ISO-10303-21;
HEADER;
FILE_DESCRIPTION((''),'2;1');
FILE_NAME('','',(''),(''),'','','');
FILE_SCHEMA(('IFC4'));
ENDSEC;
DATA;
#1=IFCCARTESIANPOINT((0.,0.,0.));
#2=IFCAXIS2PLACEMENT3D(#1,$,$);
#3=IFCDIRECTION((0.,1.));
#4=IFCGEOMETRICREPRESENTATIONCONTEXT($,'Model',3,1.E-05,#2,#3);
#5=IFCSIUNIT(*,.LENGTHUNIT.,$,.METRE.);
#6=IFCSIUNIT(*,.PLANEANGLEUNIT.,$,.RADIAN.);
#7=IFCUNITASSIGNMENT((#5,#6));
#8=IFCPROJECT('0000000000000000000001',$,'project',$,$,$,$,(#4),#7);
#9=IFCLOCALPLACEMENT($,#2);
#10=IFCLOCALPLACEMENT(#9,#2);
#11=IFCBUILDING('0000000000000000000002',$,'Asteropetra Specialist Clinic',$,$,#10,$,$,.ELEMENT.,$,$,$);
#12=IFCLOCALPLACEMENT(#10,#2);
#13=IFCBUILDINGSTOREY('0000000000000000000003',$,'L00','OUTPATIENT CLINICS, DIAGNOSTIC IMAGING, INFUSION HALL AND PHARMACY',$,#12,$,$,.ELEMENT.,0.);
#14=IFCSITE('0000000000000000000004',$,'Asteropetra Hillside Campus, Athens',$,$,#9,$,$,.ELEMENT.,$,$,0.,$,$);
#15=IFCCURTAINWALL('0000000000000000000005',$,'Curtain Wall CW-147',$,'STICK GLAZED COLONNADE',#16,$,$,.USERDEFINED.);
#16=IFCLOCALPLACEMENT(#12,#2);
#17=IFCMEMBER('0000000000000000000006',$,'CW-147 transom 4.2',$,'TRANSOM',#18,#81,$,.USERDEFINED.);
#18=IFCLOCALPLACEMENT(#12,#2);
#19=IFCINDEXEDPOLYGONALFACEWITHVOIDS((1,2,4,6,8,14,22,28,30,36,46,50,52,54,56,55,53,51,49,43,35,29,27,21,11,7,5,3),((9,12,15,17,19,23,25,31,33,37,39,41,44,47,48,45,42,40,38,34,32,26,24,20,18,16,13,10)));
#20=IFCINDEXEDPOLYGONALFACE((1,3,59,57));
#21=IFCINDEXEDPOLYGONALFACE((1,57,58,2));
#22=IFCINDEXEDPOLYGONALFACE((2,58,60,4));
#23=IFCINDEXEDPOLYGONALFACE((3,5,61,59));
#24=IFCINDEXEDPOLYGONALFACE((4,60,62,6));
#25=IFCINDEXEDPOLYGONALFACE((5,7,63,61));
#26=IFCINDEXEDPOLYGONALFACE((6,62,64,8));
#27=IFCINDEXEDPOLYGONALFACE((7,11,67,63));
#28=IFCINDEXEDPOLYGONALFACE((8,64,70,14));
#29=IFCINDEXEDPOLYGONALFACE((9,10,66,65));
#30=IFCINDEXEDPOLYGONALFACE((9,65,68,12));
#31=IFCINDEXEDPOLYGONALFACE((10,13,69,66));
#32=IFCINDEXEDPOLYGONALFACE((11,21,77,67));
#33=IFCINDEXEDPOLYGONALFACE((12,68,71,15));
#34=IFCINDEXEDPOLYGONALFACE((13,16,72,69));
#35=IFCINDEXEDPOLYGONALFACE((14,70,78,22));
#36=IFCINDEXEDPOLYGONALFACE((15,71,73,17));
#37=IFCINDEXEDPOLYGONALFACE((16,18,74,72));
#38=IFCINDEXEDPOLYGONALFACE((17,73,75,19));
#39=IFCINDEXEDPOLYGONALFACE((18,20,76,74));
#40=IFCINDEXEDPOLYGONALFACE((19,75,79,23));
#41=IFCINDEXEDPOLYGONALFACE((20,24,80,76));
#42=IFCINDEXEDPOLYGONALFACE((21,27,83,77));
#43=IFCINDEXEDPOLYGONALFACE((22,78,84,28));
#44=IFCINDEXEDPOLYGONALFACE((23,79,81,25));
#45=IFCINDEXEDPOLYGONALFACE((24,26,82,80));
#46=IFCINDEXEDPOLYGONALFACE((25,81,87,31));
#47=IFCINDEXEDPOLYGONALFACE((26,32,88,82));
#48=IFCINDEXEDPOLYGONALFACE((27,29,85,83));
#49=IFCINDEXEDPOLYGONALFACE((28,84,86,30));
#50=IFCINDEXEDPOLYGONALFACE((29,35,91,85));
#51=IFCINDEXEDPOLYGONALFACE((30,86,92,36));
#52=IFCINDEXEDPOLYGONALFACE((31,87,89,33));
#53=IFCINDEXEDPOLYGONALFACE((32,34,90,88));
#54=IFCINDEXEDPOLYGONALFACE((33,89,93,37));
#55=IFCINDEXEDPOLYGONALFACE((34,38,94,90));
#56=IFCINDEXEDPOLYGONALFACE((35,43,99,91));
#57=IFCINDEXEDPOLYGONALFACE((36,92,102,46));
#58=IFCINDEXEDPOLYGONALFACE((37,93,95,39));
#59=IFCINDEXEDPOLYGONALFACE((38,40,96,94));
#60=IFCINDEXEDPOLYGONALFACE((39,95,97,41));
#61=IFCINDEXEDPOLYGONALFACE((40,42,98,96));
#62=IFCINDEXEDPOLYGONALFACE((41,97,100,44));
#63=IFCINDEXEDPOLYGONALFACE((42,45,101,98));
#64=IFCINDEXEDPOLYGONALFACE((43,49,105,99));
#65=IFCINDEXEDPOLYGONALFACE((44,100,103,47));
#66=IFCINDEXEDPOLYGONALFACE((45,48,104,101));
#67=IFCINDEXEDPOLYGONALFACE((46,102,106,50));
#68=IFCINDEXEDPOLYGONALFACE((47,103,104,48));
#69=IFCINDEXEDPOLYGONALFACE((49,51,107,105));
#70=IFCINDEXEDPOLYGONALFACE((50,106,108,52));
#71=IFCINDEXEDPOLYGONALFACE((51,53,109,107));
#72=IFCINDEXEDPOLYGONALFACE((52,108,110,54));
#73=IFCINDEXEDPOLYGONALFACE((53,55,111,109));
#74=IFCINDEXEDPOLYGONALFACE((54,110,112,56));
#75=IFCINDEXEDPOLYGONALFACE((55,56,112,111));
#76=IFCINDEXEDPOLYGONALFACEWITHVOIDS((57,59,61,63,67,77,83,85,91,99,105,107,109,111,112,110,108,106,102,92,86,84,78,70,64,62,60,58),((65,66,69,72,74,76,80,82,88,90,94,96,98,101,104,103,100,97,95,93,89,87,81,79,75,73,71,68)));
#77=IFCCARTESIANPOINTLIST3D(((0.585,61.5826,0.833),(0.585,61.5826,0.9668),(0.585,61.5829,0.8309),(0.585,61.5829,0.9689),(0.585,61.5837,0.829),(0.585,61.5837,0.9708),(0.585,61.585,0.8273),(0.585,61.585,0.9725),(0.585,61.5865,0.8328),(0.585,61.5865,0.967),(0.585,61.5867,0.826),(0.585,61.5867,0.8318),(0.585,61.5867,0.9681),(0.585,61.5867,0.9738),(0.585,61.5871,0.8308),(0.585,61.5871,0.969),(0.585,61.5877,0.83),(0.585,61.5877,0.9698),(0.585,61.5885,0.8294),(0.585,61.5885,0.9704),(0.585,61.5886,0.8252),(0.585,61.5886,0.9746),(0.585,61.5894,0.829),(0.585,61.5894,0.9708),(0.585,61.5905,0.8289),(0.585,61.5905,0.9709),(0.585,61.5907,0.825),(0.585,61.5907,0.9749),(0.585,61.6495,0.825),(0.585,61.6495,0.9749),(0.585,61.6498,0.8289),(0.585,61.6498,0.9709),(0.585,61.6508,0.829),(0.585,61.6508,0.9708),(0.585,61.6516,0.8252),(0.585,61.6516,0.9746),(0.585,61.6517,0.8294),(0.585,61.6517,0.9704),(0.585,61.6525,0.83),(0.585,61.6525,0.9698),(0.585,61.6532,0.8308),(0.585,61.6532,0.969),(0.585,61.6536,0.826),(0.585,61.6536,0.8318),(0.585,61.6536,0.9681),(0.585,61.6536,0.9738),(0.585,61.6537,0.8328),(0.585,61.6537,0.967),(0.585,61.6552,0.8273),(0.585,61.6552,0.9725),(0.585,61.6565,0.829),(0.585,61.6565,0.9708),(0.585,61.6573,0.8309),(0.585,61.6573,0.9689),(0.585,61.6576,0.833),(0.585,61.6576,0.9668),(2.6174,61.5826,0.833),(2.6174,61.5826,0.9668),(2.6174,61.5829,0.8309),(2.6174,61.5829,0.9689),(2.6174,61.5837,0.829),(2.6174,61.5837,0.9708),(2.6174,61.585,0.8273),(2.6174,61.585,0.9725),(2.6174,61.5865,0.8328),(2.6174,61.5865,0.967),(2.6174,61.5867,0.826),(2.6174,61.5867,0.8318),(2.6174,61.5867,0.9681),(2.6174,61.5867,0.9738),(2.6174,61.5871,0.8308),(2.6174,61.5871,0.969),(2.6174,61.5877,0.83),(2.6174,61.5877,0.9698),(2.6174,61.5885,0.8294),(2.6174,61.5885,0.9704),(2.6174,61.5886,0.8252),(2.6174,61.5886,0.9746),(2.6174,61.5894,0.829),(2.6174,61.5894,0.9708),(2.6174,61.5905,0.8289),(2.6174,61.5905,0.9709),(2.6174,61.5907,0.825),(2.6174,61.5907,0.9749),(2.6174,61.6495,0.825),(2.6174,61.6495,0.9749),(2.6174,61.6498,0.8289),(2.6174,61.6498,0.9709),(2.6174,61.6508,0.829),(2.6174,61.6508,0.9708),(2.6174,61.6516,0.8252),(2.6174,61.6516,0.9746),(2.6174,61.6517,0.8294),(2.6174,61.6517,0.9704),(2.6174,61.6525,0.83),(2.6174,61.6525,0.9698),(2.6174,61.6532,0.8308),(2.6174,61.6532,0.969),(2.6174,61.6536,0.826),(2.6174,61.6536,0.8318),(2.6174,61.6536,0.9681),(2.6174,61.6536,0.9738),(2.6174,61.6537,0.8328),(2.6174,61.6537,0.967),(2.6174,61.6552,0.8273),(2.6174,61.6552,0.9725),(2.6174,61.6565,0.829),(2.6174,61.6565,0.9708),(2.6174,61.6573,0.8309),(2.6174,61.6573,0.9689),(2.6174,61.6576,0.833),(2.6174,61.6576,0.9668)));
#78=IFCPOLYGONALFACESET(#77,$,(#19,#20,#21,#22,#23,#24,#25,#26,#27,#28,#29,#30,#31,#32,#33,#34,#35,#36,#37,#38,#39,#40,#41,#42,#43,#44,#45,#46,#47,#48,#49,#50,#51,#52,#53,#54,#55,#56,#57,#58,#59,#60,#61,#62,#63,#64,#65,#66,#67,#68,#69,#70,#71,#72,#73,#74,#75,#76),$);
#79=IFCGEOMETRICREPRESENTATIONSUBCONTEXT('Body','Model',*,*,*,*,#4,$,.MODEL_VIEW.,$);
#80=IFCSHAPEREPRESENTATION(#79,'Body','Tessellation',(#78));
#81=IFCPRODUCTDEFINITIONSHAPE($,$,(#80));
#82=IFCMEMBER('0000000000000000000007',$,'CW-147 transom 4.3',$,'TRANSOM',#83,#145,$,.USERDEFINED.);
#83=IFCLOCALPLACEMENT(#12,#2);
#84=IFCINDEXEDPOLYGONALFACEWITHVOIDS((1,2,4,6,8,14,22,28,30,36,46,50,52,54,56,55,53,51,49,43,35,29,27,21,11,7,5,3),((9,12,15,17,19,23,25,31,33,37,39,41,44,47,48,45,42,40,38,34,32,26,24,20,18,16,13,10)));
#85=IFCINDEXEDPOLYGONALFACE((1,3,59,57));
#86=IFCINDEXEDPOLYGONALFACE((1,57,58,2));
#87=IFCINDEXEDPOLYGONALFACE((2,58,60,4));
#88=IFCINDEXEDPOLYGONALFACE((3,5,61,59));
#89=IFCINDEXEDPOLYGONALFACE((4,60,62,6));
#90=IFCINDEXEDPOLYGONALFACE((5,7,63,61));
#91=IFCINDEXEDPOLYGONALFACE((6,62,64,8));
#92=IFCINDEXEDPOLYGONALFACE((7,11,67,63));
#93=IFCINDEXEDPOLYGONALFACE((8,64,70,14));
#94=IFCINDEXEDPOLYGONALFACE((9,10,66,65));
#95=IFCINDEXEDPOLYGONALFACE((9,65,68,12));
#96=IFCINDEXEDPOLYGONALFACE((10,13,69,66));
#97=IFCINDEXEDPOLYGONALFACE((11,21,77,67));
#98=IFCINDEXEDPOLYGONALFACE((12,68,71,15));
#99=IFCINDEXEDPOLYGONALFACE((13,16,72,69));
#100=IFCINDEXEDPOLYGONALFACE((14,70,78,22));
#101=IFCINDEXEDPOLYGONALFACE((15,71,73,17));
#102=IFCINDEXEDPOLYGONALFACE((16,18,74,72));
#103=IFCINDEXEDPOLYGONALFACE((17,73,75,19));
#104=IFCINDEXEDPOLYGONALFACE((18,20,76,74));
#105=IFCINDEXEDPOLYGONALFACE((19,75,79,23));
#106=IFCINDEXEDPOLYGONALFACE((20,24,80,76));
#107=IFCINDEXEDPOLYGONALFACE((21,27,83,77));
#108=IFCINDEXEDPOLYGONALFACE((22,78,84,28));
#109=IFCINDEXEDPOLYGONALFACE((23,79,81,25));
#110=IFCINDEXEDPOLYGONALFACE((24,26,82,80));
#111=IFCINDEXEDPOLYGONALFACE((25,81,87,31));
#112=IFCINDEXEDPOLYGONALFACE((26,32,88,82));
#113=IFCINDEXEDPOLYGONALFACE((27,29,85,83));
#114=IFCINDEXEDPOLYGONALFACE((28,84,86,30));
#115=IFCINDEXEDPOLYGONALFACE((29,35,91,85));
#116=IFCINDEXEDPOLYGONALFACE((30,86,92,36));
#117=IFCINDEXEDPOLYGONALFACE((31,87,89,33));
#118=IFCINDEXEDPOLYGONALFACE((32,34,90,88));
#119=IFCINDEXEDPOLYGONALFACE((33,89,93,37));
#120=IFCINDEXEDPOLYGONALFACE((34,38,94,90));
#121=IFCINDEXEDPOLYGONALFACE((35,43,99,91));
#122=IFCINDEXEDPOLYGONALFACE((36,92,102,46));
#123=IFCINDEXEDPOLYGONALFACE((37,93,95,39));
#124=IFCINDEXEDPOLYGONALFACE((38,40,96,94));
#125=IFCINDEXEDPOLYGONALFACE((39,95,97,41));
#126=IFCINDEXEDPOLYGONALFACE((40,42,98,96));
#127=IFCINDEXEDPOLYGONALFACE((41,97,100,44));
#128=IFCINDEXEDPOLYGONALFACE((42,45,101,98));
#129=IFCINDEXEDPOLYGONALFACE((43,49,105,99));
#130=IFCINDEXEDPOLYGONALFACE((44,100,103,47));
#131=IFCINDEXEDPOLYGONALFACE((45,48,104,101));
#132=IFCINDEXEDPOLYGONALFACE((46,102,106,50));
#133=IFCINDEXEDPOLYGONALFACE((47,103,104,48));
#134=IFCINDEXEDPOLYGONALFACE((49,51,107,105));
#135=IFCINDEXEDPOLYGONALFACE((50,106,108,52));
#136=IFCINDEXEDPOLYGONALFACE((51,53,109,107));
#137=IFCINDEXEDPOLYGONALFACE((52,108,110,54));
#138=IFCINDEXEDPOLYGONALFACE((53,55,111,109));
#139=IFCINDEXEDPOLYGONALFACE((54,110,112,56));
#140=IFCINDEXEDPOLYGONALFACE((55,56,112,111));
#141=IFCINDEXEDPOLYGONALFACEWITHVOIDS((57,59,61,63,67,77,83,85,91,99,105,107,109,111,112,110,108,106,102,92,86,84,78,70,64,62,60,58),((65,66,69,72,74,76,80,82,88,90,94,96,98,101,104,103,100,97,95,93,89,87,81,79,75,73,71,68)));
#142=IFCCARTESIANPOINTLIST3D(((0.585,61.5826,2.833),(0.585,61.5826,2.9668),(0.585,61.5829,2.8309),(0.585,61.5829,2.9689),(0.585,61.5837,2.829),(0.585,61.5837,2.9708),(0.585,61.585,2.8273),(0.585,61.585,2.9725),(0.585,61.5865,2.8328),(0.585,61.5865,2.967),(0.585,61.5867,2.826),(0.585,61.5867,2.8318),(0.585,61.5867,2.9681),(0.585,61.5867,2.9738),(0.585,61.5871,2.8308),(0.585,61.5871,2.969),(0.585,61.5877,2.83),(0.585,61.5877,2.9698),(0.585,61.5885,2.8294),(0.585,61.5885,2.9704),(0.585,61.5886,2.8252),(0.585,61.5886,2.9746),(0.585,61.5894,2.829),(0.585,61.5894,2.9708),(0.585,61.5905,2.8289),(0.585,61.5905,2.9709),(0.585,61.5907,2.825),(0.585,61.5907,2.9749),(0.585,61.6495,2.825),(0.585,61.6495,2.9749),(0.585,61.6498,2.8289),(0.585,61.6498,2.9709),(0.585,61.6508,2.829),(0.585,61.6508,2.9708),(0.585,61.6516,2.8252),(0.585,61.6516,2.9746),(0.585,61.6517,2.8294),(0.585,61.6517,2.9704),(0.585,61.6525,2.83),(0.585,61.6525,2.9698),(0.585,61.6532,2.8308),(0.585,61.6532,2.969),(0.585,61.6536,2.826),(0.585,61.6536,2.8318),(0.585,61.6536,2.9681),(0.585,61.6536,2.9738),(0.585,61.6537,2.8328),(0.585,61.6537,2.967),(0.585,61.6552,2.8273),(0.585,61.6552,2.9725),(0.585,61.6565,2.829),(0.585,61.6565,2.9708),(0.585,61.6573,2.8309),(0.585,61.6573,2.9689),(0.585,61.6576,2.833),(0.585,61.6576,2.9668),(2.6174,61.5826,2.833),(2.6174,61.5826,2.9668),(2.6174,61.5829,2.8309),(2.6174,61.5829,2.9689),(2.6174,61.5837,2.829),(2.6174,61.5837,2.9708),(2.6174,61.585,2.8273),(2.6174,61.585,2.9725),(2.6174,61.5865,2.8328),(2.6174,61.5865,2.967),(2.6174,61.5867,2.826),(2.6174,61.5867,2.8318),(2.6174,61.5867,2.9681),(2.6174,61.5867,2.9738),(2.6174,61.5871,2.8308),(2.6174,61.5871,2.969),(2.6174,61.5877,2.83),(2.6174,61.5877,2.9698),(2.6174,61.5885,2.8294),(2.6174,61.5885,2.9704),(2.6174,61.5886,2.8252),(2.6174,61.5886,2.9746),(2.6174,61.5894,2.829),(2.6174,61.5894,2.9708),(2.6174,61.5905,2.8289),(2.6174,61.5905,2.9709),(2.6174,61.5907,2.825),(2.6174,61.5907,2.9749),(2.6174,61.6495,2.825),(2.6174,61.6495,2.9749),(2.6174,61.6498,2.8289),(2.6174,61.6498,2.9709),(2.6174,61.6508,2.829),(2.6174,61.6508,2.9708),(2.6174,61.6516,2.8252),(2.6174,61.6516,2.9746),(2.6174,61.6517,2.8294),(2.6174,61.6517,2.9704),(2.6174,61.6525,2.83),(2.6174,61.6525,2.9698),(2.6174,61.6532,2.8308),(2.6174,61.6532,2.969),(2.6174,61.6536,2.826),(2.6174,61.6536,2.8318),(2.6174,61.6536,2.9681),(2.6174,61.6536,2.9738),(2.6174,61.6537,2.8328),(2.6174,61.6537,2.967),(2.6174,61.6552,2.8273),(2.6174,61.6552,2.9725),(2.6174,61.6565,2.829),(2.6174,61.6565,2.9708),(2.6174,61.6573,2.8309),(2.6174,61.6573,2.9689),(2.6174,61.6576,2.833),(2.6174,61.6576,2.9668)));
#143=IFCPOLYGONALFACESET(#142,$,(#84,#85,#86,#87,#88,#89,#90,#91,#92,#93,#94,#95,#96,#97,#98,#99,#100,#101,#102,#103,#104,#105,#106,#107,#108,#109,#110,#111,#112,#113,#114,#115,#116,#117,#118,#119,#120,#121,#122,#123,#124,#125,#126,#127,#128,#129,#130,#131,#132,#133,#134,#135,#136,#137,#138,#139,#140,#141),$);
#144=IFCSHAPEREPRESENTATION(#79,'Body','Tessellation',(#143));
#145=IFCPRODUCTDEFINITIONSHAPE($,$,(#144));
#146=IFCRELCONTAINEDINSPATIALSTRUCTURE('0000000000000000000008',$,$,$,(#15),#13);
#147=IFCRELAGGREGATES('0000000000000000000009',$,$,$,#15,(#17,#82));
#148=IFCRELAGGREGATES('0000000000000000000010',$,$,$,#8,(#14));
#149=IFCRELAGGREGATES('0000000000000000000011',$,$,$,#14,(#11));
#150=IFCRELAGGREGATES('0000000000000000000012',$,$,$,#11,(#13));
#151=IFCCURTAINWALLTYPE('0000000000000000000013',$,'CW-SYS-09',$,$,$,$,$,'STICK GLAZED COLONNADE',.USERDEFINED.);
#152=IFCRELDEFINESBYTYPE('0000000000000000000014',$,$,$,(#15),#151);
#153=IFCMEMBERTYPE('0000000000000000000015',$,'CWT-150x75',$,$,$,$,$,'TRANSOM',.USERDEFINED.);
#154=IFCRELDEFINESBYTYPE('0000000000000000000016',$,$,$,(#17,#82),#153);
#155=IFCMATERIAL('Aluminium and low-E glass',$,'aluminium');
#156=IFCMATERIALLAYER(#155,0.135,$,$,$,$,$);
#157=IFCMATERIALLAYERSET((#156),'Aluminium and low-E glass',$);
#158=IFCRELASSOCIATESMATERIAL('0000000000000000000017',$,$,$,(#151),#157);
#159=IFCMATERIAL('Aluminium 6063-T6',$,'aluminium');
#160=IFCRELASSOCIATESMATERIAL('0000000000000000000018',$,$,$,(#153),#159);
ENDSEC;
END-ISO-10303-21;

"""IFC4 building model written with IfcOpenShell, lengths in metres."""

from ifc_helpers import new_model, si_unit, direction, frame, origin, origin_2d, place, context, subcontext, project, spatial, hollow_rectangle, extrude, material, layer, layer_set, material_profile, profile_set, type_object, element, aggregate, save


model = new_model("IFC4")

# Units and contexts
model_context = context("Model", 3, precision=1e-05, world=origin(), true_north=direction((0.0, 1.0)))
body_context = subcontext(model_context, "Body", "Model", "MODEL_VIEW")
ifc_project = project(units=[si_unit("LENGTHUNIT", "METRE"), si_unit("PLANEANGLEUNIT", "RADIAN")], contexts=[model_context])

# Site, building, storey
site_placement = place(None, origin())
site = spatial("IfcSite", under=ifc_project, at=site_placement, Name="Asteropetra Hillside Campus, Athens", CompositionType="ELEMENT", RefElevation=0.0)
building_placement = place(site_placement, origin())
building = spatial("IfcBuilding", under=site, at=building_placement, Name="Asteropetra Specialist Clinic", CompositionType="ELEMENT")
storey_placement = place(building_placement, origin())
storey = spatial("IfcBuildingStorey", under=building, at=storey_placement, Name="L00", Description="OUTPATIENT CLINICS, DIAGNOSTIC IMAGING, INFUSION HALL AND PHARMACY", CompositionType="ELEMENT", Elevation=0.0)

# Curtain wall
ifc_material_1 = material(Name="Aluminium and low-E glass", Category="aluminium")
ifc_layer_1 = layer(ifc_material_1, 0.135)
ifc_layer_set_1 = layer_set([ifc_layer_1], Name="Aluminium and low-E glass")
curtain_wall_type_1 = type_object("IfcCurtainWallType", Name="CW-SYS-09", ElementType="STICK GLAZED COLONNADE", PredefinedType="USERDEFINED", material=ifc_layer_set_1)
curtain_wall_1_placement = place(storey_placement, origin())
curtain_wall_1 = element("IfcCurtainWall", 1, at=curtain_wall_1_placement, inside=storey, type_object=curtain_wall_type_1, Name="Curtain Wall CW-147", ObjectType="STICK GLAZED COLONNADE", PredefinedType="USERDEFINED")

# Members
ifc_material_2 = material(Name="Aluminium 6063-T6", Category="aluminium")
ifc_material_profile_1 = material_profile(ifc_material_2, hollow_rectangle(XDim=0.075, YDim=0.1499, WallThickness=0.0039, InnerFilletRadius=0.0039, OuterFilletRadius=0.0081, at=origin_2d()), Name="TRN 150x75x4.0")
ifc_profile_set_1 = profile_set([ifc_material_profile_1], Name="Aluminium 6063-T6")
member_type_1 = type_object("IfcMemberType", Name="CWT-150x75", ElementType="TRANSOM", PredefinedType="USERDEFINED", material=ifc_profile_set_1)
member_1_placement = place(storey_placement, frame((2.6174, 61.6201, 0.8999), z_axis=(-1.0, 0.0, 0.0), x_axis=(0.0, -1.0, 0.0)))
member_1 = element("IfcMember", 2, at=member_1_placement, type_object=member_type_1, Name="CW-147 transom 4.2", ObjectType="TRANSOM", PredefinedType="USERDEFINED", context=body_context, shape_type="SweptSolid", body=[
    extrude(hollow_rectangle(XDim=0.075, YDim=0.1499, WallThickness=0.0039, InnerFilletRadius=0.0039, OuterFilletRadius=0.0081, at=origin_2d()), origin(), (0.0, 0.0, 1.0), 2.0325),
])
member_2_placement = place(storey_placement, frame((2.6174, 61.6201, 2.8999), z_axis=(-1.0, 0.0, 0.0), x_axis=(0.0, -1.0, 0.0)))
member_2 = element("IfcMember", 3, at=member_2_placement, type_object=member_type_1, Name="CW-147 transom 4.3", ObjectType="TRANSOM", PredefinedType="USERDEFINED", context=body_context, shape_type="SweptSolid", body=[
    extrude(hollow_rectangle(XDim=0.075, YDim=0.1499, WallThickness=0.0039, InnerFilletRadius=0.0039, OuterFilletRadius=0.0081, at=origin_2d()), origin(), (0.0, 0.0, 1.0), 2.0325),
])

aggregate(curtain_wall_1, [member_1, member_2])

save(model, "model.ifc")
